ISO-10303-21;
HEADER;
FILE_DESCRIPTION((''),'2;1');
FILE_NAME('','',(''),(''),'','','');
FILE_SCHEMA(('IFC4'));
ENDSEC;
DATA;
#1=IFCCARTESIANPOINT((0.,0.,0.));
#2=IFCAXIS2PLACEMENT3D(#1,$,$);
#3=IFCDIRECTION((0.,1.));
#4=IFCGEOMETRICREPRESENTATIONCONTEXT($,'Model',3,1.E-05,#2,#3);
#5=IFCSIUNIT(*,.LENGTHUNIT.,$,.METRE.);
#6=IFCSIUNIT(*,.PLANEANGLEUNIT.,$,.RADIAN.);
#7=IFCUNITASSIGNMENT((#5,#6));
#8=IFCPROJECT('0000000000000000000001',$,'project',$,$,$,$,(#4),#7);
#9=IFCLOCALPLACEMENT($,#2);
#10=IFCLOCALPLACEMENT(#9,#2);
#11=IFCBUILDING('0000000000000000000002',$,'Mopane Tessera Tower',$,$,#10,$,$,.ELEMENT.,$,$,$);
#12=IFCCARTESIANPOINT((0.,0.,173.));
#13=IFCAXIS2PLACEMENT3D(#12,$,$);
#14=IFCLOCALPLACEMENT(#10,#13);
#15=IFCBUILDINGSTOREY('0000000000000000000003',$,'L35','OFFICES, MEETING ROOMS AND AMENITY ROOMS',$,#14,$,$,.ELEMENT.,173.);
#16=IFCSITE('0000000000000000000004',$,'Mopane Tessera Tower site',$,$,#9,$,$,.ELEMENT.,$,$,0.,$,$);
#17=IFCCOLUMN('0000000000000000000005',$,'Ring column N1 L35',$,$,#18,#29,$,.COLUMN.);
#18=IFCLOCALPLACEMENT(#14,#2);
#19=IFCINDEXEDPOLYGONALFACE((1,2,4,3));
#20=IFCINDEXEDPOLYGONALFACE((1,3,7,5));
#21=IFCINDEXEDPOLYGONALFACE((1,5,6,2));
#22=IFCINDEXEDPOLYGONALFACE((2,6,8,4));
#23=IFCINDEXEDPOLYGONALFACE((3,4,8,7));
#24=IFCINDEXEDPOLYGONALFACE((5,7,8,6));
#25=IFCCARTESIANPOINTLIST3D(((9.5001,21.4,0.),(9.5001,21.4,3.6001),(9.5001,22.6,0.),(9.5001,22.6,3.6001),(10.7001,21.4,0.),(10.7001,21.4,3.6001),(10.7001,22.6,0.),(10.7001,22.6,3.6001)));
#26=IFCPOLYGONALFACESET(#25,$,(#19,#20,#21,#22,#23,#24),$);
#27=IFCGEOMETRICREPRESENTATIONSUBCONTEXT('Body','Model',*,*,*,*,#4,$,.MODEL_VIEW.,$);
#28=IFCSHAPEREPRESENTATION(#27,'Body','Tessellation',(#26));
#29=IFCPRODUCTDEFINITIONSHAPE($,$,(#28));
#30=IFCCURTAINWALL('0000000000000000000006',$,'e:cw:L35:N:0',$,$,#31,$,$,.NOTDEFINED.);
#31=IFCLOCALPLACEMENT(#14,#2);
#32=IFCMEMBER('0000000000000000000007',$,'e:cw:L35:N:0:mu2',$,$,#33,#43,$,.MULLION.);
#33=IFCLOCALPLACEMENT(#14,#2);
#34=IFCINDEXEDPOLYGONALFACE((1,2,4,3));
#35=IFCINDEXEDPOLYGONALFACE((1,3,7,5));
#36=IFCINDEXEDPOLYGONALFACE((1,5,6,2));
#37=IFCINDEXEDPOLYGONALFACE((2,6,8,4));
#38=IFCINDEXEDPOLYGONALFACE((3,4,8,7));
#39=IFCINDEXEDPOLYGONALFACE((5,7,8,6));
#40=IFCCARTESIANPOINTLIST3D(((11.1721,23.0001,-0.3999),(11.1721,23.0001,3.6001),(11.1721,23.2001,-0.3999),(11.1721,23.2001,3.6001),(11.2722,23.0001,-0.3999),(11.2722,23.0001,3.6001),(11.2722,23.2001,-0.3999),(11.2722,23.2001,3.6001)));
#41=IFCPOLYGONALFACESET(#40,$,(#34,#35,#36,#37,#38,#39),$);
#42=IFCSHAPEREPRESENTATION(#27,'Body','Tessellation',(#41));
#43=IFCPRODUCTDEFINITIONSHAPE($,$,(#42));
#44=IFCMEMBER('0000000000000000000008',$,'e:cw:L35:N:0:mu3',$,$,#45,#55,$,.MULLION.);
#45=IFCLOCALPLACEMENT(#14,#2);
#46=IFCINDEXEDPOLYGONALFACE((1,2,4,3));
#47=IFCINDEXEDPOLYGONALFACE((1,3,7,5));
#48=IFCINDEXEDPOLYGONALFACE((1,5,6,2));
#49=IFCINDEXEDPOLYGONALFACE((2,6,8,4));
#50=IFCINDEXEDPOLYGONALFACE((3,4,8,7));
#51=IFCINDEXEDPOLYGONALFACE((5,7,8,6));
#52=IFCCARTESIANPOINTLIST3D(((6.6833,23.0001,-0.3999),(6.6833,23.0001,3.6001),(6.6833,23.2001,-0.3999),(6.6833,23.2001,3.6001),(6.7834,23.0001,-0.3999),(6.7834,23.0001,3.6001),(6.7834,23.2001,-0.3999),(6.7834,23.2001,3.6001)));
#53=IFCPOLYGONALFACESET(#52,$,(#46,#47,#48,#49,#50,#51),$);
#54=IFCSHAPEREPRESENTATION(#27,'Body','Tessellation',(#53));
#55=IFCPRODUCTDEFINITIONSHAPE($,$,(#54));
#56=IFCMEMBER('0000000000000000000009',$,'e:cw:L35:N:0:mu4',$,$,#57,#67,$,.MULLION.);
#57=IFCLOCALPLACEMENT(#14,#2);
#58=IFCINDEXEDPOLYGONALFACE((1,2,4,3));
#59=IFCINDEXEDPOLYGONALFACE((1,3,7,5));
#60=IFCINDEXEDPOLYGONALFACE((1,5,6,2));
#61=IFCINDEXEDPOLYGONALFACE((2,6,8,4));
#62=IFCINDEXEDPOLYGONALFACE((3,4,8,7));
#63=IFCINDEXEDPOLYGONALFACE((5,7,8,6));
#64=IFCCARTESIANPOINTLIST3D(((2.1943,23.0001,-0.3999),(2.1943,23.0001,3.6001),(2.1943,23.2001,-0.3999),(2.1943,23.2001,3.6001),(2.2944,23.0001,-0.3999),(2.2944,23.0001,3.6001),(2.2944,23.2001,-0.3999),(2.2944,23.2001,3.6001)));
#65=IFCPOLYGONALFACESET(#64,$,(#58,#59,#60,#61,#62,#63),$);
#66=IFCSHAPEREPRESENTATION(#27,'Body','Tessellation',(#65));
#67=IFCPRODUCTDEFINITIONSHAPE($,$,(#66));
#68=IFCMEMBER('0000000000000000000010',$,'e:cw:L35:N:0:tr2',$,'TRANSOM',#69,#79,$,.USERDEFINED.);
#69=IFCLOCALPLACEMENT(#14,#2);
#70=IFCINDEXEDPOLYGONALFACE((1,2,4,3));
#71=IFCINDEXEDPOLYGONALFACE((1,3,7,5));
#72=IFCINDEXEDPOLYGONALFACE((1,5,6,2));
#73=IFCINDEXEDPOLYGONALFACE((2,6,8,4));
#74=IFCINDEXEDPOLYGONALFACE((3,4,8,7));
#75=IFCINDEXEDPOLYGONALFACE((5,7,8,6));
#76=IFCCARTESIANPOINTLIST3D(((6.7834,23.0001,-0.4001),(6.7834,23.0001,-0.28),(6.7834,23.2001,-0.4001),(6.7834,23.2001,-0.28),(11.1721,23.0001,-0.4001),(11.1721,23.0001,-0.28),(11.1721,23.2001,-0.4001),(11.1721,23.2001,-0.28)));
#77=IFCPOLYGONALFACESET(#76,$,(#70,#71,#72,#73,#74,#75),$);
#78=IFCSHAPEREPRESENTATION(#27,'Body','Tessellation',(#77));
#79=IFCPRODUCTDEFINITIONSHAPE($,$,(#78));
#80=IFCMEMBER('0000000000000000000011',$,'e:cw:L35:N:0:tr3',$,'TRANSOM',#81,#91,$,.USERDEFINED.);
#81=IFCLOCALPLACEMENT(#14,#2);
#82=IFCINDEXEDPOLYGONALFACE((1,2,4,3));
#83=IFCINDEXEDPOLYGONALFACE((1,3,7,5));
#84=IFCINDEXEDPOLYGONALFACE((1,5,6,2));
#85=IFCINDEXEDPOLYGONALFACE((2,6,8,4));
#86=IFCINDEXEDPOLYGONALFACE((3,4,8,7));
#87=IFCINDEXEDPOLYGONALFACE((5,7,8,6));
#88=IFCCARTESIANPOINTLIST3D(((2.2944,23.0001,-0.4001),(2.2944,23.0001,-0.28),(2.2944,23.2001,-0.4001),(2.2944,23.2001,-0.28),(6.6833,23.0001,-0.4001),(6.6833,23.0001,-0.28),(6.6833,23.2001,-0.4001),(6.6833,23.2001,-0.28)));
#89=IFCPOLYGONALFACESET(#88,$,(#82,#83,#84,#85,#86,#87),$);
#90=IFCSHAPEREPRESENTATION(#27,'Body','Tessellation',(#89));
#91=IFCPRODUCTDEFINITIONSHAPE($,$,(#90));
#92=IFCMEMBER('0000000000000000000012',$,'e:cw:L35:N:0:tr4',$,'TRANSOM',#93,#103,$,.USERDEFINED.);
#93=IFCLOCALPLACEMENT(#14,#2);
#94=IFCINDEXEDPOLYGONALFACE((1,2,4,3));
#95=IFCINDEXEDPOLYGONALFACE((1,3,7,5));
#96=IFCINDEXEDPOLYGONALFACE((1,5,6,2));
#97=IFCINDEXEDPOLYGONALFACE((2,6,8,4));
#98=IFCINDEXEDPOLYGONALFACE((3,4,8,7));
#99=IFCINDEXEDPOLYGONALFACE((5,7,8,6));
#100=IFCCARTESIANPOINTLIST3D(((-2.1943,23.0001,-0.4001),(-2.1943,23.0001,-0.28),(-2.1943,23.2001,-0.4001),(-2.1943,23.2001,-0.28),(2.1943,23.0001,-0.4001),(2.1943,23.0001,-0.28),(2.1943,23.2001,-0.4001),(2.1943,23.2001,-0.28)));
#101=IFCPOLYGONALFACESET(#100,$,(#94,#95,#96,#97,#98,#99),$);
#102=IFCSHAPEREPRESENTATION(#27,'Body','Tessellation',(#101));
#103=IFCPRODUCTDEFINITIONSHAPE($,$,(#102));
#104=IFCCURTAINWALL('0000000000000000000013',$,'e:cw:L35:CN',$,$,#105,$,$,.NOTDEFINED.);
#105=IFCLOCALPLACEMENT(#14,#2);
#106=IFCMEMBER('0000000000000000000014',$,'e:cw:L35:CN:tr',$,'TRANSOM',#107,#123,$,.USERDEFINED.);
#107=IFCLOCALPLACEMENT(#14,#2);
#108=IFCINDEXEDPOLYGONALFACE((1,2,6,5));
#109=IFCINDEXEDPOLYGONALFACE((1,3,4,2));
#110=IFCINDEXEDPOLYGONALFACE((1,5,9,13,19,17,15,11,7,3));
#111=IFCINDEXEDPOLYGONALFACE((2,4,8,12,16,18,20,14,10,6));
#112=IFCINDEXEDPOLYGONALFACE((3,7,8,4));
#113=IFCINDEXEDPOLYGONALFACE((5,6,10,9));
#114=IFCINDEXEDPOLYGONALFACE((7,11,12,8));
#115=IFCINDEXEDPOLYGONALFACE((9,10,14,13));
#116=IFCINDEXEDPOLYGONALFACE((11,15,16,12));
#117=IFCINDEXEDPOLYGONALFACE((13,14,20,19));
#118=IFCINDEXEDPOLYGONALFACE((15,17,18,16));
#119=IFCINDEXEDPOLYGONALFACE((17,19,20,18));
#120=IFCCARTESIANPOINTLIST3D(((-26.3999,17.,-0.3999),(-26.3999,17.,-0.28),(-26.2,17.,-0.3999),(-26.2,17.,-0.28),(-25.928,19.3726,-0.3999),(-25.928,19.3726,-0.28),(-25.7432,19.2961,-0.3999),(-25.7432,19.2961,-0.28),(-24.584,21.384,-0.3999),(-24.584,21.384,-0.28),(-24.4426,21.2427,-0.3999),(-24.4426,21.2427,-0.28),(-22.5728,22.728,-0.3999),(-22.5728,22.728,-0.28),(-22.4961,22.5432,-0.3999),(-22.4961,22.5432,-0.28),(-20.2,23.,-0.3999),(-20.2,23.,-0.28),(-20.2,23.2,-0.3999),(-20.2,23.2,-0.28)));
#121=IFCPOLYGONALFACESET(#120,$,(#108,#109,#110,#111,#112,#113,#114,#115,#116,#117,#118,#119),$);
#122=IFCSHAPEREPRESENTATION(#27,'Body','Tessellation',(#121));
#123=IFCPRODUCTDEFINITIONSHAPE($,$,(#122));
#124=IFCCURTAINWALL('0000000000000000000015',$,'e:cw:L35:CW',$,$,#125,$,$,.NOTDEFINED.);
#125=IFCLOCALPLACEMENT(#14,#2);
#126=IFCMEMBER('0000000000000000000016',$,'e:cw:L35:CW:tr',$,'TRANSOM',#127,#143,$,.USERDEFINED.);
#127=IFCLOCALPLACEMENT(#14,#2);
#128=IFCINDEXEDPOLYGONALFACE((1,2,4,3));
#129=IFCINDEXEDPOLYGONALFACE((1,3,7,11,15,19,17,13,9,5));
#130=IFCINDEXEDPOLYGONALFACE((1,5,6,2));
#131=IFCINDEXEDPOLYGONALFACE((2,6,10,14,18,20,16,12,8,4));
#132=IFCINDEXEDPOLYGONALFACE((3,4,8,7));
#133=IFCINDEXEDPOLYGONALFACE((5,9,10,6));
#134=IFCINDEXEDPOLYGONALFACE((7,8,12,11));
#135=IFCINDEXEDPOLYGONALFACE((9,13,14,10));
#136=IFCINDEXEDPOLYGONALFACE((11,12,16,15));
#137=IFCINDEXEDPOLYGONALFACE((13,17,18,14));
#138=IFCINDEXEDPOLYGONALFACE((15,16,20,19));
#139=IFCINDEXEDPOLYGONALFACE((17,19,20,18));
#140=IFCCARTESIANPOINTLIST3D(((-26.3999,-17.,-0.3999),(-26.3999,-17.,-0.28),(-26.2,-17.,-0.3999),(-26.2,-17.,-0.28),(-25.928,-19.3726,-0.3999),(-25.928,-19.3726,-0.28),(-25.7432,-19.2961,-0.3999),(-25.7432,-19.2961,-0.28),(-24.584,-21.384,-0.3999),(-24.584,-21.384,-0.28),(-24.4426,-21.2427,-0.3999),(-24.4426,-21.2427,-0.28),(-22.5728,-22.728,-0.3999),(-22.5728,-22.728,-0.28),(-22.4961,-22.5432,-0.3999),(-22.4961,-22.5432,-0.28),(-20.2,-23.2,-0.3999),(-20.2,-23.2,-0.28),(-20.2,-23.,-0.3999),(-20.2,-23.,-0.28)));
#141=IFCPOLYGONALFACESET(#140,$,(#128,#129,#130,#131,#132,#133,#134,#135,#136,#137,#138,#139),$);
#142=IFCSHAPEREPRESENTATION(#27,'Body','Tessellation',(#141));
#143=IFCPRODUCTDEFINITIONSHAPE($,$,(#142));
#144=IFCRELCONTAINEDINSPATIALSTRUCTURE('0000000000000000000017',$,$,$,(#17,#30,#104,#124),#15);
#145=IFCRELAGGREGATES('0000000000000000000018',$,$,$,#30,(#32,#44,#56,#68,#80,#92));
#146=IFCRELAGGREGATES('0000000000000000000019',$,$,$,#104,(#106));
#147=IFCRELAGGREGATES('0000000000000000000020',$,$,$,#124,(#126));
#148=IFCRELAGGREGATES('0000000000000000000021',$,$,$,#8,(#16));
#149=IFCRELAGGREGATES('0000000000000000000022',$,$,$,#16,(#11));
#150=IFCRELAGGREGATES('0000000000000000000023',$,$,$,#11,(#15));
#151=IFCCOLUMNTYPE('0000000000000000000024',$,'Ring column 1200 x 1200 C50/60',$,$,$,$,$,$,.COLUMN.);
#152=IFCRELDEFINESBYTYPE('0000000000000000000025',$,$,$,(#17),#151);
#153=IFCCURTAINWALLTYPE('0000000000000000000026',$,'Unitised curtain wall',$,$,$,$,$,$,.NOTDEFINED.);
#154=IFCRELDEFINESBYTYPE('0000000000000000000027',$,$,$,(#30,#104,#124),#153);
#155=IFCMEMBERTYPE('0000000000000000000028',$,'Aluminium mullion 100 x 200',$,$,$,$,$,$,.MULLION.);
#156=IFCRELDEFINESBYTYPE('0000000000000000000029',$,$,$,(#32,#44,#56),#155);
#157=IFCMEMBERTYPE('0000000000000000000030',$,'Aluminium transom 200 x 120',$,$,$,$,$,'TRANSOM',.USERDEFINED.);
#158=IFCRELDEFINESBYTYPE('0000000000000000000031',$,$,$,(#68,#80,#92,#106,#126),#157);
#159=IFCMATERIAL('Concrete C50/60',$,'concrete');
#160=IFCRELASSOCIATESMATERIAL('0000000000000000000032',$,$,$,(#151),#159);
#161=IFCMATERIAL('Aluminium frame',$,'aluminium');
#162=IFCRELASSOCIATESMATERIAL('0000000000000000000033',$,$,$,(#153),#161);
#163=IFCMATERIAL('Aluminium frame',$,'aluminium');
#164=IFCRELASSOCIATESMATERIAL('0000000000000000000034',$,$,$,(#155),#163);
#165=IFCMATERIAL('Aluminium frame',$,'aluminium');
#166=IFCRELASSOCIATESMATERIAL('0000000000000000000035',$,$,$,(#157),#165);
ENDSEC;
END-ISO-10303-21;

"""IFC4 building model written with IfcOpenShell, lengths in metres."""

from ifc_helpers import new_model, si_unit, direction, frame, origin, origin_2d, place, context, subcontext, project, spatial, polyline, rectangle, outline, extrude, material, material_profile, profile_set, type_object, element, aggregate, save


model = new_model("IFC4")

# Units and contexts
model_context = context("Model", 3, precision=1e-05, world=origin(), true_north=direction((0.0, 1.0)))
body_context = subcontext(model_context, "Body", "Model", "MODEL_VIEW")
ifc_project = project(units=[si_unit("LENGTHUNIT", "METRE"), si_unit("PLANEANGLEUNIT", "RADIAN")], contexts=[model_context])

# Site, building, storey
site_placement = place(None, origin())
site = spatial("IfcSite", under=ifc_project, at=site_placement, Name="Mopane Tessera Tower site", CompositionType="ELEMENT", RefElevation=0.0)
building_placement = place(site_placement, origin())
building = spatial("IfcBuilding", under=site, at=building_placement, Name="Mopane Tessera Tower", CompositionType="ELEMENT")
storey_placement = place(building_placement, frame((0.0, 0.0, 173.0)))
storey = spatial("IfcBuildingStorey", under=building, at=storey_placement, Name="L35", Description="OFFICES, MEETING ROOMS AND AMENITY ROOMS", CompositionType="ELEMENT", Elevation=173.0)

# Column
ifc_material_1 = material(Name="Concrete C50/60", Category="concrete")
ifc_material_profile_1 = material_profile(ifc_material_1, rectangle(XDim=1.2, YDim=1.2, at=origin_2d()))
ifc_profile_set_1 = profile_set([ifc_material_profile_1], Name="Concrete C50/60")
column_type = type_object("IfcColumnType", Name="Ring column 1200 x 1200 C50/60", PredefinedType="COLUMN", material=ifc_profile_set_1)
column_placement = place(storey_placement, frame((10.1001, 22.0, 0.0), z_axis=(0.0, 0.0, 1.0), x_axis=(1.0, 0.0, 0.0)))
element("IfcColumn", 1, at=column_placement, inside=storey, type_object=column_type, Name="Ring column N1 L35", PredefinedType="COLUMN", context=body_context, shape_type="SweptSolid", body=[
    extrude(rectangle(XDim=1.2, YDim=1.2, at=origin_2d()), origin(), (0.0, 0.0, 1.0), 3.6001),
])

# Curtain wall, members
ifc_material_2 = material(Name="Aluminium frame", Category="aluminium")
curtain_wall_type = type_object("IfcCurtainWallType", Name="Unitised curtain wall", PredefinedType="NOTDEFINED", material=ifc_material_2)
curtain_wall_1_placement = place(storey_placement, origin())
curtain_wall_1 = element("IfcCurtainWall", 2, at=curtain_wall_1_placement, inside=storey, type_object=curtain_wall_type, Name="e:cw:L35:N:0", PredefinedType="NOTDEFINED")
ifc_material_3 = material(Name="Aluminium frame", Category="aluminium")
ifc_material_profile_2 = material_profile(ifc_material_3, rectangle(XDim=0.1001, YDim=0.2, at=origin_2d()))
ifc_profile_set_2 = profile_set([ifc_material_profile_2], Name="Aluminium frame")
member_type_1 = type_object("IfcMemberType", Name="Aluminium mullion 100 x 200", PredefinedType="MULLION", material=ifc_profile_set_2)
member_1_placement = place(storey_placement, frame((11.2222, 23.1001, -0.3999), z_axis=(0.0, 0.0, 1.0), x_axis=(-1.0, 0.0, 0.0)))
member_1 = element("IfcMember", 3, at=member_1_placement, type_object=member_type_1, Name="e:cw:L35:N:0:mu2", PredefinedType="MULLION", context=body_context, shape_type="SweptSolid", body=[
    extrude(rectangle(XDim=0.1001, YDim=0.2, at=origin_2d()), origin(), (0.0, 0.0, 1.0), 4.0),
])
member_2_placement = place(storey_placement, frame((6.7334, 23.1001, -0.3999), z_axis=(0.0, 0.0, 1.0), x_axis=(-1.0, 0.0, 0.0)))
member_2 = element("IfcMember", 4, at=member_2_placement, type_object=member_type_1, Name="e:cw:L35:N:0:mu3", PredefinedType="MULLION", context=body_context, shape_type="SweptSolid", body=[
    extrude(rectangle(XDim=0.1001, YDim=0.2, at=origin_2d()), origin(), (0.0, 0.0, 1.0), 4.0),
])
member_3_placement = place(storey_placement, frame((2.2444, 23.1001, -0.3999), z_axis=(0.0, 0.0, 1.0), x_axis=(-1.0, 0.0, 0.0)))
member_3 = element("IfcMember", 5, at=member_3_placement, type_object=member_type_1, Name="e:cw:L35:N:0:mu4", PredefinedType="MULLION", context=body_context, shape_type="SweptSolid", body=[
    extrude(rectangle(XDim=0.1001, YDim=0.2, at=origin_2d()), origin(), (0.0, 0.0, 1.0), 4.0),
])
ifc_material_4 = material(Name="Aluminium frame", Category="aluminium")
ifc_material_profile_3 = material_profile(ifc_material_4, rectangle(XDim=0.2, YDim=0.1201, at=origin_2d()))
ifc_profile_set_3 = profile_set([ifc_material_profile_3], Name="Aluminium frame")
member_type_2 = type_object("IfcMemberType", Name="Aluminium transom 200 x 120", ElementType="TRANSOM", PredefinedType="USERDEFINED", material=ifc_profile_set_3)
member_4_placement = place(storey_placement, frame((11.1721, 23.1001, -0.3401), z_axis=(-1.0, 0.0, 0.0), x_axis=(0.0, -1.0, 0.0)))
member_4 = element("IfcMember", 6, at=member_4_placement, type_object=member_type_2, Name="e:cw:L35:N:0:tr2", ObjectType="TRANSOM", PredefinedType="USERDEFINED", context=body_context, shape_type="SweptSolid", body=[
    extrude(rectangle(XDim=0.2, YDim=0.1201, at=origin_2d()), origin(), (0.0, 0.0, 1.0), 4.3887),
])
member_5_placement = place(storey_placement, frame((6.6833, 23.1001, -0.3401), z_axis=(-1.0, 0.0, 0.0), x_axis=(0.0, -1.0, 0.0)))
member_5 = element("IfcMember", 7, at=member_5_placement, type_object=member_type_2, Name="e:cw:L35:N:0:tr3", ObjectType="TRANSOM", PredefinedType="USERDEFINED", context=body_context, shape_type="SweptSolid", body=[
    extrude(rectangle(XDim=0.2, YDim=0.1201, at=origin_2d()), origin(), (0.0, 0.0, 1.0), 4.3889),
])
member_6_placement = place(storey_placement, frame((2.1943, 23.1001, -0.3401), z_axis=(-1.0, 0.0, 0.0), x_axis=(0.0, -1.0, 0.0)))
member_6 = element("IfcMember", 8, at=member_6_placement, type_object=member_type_2, Name="e:cw:L35:N:0:tr4", ObjectType="TRANSOM", PredefinedType="USERDEFINED", context=body_context, shape_type="SweptSolid", body=[
    extrude(rectangle(XDim=0.2, YDim=0.1201, at=origin_2d()), origin(), (0.0, 0.0, 1.0), 4.3887),
])

# Curtain walls, members
curtain_wall_2_placement = place(storey_placement, origin())
curtain_wall_2 = element("IfcCurtainWall", 9, at=curtain_wall_2_placement, inside=storey, type_object=curtain_wall_type, Name="e:cw:L35:CN", PredefinedType="NOTDEFINED")
member_7_placement = place(storey_placement, frame((0.0, 0.0, -0.3999)))
member_7 = element("IfcMember", 10, at=member_7_placement, type_object=member_type_2, Name="e:cw:L35:CN:tr", ObjectType="TRANSOM", PredefinedType="USERDEFINED", context=body_context, shape_type="SweptSolid", body=[
    extrude(outline(polyline([(-20.2, 23.0), (-22.4961, 22.5432), (-24.4426, 21.2427), (-25.7432, 19.2961), (-26.2, 17.0), (-26.3999, 17.0), (-25.928, 19.3726), (-24.584, 21.384), (-22.5728, 22.728), (-20.2, 23.2), (-20.2, 23.0)])), origin(), (0.0, 0.0, 1.0), 0.1199),
])
curtain_wall_3_placement = place(storey_placement, origin())
curtain_wall_3 = element("IfcCurtainWall", 11, at=curtain_wall_3_placement, inside=storey, type_object=curtain_wall_type, Name="e:cw:L35:CW", PredefinedType="NOTDEFINED")
member_8_placement = place(storey_placement, frame((0.0, 0.0, -0.3999)))
member_8 = element("IfcMember", 12, at=member_8_placement, type_object=member_type_2, Name="e:cw:L35:CW:tr", ObjectType="TRANSOM", PredefinedType="USERDEFINED", context=body_context, shape_type="SweptSolid", body=[
    extrude(outline(polyline([(-26.2, -17.0), (-25.7432, -19.2961), (-24.4426, -21.2427), (-22.4961, -22.5432), (-20.2, -23.0), (-20.2, -23.2), (-22.5728, -22.728), (-24.584, -21.384), (-25.928, -19.3726), (-26.3999, -17.0), (-26.2, -17.0)])), origin(), (0.0, 0.0, 1.0), 0.1199),
])

aggregate(curtain_wall_1, [member_1, member_2, member_3, member_4, member_5, member_6])
aggregate(curtain_wall_2, [member_7])
aggregate(curtain_wall_3, [member_8])

save(model, "model.ifc")
